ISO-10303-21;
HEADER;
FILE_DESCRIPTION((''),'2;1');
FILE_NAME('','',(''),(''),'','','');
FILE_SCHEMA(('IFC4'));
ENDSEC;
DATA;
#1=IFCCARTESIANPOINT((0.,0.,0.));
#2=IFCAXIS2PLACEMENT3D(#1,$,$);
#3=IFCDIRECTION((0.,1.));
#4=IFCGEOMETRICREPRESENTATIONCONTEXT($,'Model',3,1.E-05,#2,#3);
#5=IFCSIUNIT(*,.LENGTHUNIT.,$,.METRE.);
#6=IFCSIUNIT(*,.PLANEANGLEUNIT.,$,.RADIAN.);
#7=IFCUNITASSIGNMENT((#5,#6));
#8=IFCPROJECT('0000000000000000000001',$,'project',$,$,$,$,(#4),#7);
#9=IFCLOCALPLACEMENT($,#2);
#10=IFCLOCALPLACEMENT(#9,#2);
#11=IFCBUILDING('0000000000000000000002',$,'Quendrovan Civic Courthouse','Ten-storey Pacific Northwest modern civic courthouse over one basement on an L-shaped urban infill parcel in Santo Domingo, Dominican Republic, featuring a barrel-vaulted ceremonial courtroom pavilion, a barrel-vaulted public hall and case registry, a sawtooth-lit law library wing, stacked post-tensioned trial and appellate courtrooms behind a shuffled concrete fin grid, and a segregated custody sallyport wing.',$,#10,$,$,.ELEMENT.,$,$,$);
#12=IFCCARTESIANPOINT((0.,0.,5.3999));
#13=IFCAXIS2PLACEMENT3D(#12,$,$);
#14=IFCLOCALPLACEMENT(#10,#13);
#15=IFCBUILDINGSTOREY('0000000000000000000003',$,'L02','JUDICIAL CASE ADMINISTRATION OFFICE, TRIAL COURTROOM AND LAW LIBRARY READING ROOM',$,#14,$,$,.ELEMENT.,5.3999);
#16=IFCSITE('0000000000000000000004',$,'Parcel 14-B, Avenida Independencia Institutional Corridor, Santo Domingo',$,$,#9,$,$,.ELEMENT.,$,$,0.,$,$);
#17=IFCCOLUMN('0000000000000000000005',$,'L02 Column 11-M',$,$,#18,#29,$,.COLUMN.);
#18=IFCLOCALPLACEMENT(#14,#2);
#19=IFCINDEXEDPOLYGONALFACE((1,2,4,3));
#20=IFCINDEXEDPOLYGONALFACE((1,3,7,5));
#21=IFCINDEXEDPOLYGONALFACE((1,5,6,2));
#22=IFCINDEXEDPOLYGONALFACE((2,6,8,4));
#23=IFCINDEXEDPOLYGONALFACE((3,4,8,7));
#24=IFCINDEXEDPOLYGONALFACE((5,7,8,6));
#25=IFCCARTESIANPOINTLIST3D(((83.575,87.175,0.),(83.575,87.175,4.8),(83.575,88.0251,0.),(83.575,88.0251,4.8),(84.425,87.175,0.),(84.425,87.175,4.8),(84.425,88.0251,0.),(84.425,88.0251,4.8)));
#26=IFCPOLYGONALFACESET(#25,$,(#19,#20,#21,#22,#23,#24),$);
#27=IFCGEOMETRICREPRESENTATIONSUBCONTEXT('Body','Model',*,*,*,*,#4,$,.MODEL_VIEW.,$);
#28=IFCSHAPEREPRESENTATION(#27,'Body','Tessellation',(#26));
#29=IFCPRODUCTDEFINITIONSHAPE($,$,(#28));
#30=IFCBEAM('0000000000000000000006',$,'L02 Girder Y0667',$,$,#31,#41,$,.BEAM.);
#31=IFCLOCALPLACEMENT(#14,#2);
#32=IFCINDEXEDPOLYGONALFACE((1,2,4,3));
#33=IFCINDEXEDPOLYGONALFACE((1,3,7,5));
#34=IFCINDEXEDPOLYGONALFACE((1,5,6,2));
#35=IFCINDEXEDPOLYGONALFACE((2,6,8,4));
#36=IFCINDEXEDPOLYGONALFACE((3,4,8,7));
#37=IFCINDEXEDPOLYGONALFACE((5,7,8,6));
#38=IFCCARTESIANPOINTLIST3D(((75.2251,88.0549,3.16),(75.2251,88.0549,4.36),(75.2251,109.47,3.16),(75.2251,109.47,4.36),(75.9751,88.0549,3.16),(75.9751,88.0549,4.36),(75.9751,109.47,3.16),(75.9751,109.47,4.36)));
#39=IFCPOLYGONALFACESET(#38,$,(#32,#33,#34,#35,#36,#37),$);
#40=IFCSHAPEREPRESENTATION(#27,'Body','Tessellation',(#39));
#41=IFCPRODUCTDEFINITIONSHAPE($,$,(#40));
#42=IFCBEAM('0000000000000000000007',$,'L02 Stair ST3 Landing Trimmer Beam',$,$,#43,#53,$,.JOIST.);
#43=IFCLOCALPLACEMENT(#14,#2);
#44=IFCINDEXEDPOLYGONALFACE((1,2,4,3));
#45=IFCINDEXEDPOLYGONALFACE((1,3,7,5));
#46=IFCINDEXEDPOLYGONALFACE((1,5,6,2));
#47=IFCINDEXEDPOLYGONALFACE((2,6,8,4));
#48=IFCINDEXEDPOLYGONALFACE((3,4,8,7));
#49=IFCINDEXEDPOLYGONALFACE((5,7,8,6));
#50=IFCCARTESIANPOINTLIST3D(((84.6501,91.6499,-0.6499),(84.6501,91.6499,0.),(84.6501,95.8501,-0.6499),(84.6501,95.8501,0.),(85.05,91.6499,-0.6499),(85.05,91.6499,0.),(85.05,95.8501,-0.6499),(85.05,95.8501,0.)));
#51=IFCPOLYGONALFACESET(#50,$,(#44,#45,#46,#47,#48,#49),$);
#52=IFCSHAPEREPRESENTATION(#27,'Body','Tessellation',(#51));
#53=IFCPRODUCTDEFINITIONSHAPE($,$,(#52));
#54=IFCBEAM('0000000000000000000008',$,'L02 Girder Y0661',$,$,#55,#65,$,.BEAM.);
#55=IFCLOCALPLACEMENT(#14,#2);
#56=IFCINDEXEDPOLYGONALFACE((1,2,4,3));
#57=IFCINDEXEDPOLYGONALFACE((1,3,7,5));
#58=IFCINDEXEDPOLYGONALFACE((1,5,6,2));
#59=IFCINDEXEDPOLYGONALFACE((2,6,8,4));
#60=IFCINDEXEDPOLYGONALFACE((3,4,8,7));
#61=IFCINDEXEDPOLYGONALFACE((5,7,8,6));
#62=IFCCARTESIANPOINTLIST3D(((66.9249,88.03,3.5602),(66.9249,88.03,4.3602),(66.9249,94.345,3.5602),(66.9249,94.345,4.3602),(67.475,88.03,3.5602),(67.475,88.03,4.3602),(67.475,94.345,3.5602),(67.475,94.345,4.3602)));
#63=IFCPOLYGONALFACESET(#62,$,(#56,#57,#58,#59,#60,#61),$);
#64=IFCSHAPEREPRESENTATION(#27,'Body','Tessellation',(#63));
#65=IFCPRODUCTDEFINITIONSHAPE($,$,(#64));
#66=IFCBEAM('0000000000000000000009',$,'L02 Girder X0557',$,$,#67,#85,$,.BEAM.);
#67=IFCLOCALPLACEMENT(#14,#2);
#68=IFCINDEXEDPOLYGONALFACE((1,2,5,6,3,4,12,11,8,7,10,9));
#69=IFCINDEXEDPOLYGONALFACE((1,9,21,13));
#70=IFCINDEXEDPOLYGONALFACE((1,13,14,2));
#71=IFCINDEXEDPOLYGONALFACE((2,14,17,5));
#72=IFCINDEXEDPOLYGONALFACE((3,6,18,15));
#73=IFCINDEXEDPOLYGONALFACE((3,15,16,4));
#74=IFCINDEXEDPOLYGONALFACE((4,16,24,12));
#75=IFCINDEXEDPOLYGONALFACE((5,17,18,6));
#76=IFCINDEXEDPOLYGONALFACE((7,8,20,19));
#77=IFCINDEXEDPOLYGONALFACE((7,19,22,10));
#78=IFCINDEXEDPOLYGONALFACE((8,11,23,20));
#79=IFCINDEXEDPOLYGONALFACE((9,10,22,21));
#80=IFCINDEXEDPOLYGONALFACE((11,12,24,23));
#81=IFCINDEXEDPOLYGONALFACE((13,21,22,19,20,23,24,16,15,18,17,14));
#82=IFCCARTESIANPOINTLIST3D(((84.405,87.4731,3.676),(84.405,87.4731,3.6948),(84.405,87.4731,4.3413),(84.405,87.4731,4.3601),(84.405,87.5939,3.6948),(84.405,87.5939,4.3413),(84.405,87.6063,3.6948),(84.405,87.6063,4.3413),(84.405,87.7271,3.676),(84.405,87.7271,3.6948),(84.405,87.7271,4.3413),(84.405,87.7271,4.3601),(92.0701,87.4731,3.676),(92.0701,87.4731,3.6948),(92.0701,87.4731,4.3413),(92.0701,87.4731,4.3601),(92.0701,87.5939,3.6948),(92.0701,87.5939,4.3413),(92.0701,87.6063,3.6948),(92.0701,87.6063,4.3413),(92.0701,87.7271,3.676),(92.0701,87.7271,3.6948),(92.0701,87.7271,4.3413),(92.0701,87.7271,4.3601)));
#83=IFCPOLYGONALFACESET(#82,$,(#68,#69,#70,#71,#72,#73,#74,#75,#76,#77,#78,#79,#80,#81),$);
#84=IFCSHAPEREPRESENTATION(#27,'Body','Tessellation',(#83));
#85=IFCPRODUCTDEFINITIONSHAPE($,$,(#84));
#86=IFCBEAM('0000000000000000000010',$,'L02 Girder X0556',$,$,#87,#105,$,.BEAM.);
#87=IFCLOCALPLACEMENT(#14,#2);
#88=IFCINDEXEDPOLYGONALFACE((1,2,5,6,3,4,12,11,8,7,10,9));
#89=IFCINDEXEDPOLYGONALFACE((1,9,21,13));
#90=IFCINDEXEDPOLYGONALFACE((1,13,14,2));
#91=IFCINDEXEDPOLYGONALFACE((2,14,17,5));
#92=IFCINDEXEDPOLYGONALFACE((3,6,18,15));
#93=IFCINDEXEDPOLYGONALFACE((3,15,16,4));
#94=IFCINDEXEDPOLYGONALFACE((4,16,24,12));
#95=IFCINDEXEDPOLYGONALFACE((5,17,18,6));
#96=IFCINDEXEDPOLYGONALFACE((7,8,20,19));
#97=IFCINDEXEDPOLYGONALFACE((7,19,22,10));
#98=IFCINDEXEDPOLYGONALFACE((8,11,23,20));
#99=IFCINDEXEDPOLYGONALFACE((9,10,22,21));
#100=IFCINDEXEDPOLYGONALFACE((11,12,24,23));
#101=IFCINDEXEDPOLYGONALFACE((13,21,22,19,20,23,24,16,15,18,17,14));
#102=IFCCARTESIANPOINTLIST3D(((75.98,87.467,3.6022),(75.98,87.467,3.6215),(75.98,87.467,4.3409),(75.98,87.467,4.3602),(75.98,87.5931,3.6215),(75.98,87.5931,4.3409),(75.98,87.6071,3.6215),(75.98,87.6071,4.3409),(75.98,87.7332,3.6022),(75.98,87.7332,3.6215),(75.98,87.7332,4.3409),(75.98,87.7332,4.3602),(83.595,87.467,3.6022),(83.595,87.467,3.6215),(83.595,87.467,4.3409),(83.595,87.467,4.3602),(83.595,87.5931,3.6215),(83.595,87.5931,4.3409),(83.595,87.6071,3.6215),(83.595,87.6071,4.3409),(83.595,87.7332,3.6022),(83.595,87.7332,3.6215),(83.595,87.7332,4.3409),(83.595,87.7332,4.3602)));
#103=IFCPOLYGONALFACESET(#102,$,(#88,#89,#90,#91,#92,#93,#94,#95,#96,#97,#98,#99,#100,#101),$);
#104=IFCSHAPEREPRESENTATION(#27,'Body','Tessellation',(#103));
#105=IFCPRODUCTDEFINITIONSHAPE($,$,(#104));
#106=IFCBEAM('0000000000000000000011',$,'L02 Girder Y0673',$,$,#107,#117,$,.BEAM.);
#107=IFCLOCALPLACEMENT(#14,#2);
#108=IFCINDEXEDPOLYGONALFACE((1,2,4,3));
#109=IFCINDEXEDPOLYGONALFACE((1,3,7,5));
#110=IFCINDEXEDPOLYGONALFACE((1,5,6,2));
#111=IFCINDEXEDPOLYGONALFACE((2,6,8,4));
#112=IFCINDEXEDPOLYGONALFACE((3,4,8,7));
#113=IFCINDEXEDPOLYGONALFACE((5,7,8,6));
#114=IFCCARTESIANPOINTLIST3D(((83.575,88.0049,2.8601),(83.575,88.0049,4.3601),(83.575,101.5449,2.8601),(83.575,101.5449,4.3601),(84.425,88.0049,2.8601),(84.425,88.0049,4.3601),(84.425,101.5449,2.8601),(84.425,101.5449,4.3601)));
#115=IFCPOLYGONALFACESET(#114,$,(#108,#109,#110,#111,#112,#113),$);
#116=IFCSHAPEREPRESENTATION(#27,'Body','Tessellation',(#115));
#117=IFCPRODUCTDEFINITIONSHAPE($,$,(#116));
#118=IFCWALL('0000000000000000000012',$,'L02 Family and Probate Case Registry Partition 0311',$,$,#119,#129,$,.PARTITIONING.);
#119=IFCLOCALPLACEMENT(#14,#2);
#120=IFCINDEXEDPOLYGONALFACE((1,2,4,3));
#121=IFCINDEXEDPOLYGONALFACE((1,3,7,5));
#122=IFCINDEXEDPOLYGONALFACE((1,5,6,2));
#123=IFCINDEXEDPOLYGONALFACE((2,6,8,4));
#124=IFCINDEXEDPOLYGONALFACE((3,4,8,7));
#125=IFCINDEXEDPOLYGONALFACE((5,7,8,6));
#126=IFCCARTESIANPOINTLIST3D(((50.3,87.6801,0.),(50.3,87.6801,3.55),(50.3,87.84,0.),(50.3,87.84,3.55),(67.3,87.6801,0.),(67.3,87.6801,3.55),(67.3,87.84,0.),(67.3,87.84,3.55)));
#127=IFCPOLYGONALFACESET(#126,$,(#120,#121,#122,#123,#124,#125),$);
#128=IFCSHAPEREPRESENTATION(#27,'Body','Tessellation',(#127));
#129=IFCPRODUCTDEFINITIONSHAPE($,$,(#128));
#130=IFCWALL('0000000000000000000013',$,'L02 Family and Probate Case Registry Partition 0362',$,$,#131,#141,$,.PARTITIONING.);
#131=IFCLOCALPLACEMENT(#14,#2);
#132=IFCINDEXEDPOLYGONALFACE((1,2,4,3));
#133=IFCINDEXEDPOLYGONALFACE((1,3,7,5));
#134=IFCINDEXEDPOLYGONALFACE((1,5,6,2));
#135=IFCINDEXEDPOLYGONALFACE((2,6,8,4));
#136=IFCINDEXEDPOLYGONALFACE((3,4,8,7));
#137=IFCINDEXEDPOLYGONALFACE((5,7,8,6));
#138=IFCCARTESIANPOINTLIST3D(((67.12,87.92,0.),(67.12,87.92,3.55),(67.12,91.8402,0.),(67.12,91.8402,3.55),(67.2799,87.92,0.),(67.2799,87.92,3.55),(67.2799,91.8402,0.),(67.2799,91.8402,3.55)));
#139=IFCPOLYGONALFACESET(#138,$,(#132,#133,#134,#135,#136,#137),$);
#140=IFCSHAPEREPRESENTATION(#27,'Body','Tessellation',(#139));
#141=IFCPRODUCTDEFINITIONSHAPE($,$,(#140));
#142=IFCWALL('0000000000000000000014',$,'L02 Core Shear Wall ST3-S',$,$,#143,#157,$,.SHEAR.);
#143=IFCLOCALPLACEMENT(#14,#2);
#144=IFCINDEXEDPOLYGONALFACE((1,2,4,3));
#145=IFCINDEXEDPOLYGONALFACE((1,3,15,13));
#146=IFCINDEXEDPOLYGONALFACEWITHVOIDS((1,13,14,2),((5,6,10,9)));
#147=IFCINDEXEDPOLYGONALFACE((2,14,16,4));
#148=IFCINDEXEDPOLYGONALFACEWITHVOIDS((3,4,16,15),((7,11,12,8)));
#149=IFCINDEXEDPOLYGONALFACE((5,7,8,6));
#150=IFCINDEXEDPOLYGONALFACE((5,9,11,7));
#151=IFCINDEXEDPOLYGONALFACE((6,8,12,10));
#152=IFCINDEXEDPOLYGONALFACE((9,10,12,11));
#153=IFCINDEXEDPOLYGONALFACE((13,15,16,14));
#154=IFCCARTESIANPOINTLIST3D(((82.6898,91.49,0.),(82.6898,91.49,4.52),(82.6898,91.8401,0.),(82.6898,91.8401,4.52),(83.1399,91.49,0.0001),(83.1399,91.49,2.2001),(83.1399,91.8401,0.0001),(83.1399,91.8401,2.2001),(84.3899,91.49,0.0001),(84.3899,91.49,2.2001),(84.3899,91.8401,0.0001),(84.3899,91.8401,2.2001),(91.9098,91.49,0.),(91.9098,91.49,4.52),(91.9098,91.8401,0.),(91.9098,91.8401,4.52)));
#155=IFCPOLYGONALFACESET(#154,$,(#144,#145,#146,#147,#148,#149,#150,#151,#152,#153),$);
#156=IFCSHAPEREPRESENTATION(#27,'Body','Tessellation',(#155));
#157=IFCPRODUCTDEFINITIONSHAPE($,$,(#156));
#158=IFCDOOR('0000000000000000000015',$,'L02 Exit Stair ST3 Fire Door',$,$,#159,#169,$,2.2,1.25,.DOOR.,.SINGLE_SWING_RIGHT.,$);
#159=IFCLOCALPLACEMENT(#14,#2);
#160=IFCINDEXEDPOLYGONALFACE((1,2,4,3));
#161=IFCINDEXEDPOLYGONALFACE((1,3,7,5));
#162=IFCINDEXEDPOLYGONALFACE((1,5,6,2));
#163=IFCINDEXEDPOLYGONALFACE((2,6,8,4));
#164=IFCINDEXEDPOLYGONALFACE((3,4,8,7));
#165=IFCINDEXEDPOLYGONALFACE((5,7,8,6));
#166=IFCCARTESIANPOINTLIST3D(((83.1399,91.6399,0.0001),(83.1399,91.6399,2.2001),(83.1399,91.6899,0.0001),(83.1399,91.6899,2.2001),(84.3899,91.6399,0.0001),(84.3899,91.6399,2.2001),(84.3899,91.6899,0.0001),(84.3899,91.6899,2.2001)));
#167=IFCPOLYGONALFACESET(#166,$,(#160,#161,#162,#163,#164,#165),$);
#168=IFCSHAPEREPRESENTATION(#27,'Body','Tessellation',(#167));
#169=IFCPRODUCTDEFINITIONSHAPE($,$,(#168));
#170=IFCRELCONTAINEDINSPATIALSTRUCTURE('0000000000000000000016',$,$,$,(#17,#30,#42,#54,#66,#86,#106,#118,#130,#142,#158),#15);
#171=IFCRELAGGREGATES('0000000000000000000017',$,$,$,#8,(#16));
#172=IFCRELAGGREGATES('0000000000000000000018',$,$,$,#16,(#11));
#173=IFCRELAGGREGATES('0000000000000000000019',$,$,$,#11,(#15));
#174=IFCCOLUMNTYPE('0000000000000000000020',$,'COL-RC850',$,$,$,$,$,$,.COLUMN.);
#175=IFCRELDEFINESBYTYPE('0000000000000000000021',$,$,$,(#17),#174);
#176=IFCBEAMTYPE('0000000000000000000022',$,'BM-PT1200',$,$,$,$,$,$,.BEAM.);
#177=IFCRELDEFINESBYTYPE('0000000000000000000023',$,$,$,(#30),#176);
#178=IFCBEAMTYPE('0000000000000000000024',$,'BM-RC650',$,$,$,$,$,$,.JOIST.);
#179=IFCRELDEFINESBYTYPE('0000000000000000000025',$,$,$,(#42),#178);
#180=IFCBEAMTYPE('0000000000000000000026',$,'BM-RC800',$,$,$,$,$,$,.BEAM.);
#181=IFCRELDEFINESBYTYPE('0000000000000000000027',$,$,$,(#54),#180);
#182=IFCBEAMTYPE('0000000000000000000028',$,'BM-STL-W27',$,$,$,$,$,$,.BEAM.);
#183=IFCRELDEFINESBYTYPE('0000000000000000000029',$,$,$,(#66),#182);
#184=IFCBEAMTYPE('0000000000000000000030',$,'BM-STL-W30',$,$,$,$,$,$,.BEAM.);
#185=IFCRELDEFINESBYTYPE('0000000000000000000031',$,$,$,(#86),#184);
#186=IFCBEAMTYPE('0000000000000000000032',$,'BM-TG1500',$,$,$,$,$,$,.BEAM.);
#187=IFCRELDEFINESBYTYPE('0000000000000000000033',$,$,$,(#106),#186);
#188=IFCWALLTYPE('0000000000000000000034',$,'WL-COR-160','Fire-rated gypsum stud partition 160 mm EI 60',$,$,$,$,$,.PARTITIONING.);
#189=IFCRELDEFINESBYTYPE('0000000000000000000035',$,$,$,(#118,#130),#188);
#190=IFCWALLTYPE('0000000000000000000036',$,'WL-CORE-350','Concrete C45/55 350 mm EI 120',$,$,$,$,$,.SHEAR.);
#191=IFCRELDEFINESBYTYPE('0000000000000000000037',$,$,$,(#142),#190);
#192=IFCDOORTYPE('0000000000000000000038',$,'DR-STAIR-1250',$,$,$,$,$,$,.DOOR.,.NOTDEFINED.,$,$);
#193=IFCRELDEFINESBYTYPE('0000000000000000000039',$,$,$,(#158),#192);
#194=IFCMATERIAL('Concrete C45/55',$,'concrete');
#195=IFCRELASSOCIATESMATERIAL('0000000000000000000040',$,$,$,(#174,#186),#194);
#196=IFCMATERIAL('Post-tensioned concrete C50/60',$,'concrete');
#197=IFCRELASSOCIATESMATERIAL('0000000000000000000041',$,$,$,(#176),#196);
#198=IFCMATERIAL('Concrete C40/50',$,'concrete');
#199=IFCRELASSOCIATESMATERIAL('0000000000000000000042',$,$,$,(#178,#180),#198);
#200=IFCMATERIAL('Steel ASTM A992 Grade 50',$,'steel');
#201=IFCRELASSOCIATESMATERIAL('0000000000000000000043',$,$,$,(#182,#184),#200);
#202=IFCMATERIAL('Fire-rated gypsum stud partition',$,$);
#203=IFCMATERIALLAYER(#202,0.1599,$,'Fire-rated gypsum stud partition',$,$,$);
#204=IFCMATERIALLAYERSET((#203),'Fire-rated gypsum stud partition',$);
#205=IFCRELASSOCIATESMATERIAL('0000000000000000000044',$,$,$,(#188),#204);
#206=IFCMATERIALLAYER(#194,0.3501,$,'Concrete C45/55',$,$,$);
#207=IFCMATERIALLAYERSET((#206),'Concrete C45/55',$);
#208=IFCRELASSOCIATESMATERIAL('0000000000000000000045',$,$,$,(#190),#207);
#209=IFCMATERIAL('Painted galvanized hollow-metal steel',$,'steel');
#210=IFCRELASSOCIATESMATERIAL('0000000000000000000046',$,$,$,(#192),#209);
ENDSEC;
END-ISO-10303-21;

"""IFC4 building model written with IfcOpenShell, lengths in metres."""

from ifc_helpers import new_model, si_unit, direction, frame, frame_2d, origin, origin_2d, place, context, subcontext, project, spatial, rectangle, i_section, extrude, material, layer, layer_set, material_profile, profile_set, type_object, element, fill, save


model = new_model("IFC4")

# Units and contexts
model_context = context("Model", 3, precision=1e-05, world=origin(), true_north=direction((0.0, 1.0)))
body_context = subcontext(model_context, "Body", "Model", "MODEL_VIEW")
ifc_project = project(units=[si_unit("LENGTHUNIT", "METRE"), si_unit("PLANEANGLEUNIT", "RADIAN")], contexts=[model_context])

# Site, building, storey
site_placement = place(None, origin())
site = spatial("IfcSite", under=ifc_project, at=site_placement, Name="Parcel 14-B, Avenida Independencia Institutional Corridor, Santo Domingo", CompositionType="ELEMENT", RefElevation=0.0)
building_placement = place(site_placement, origin())
building = spatial("IfcBuilding", under=site, at=building_placement, Name="Quendrovan Civic Courthouse", Description="Ten-storey Pacific Northwest modern civic courthouse over one basement on an L-shaped urban infill parcel in Santo Domingo, Dominican Republic, featuring a barrel-vaulted ceremonial courtroom pavilion, a barrel-vaulted public hall and case registry, a sawtooth-lit law library wing, stacked post-tensioned trial and appellate courtrooms behind a shuffled concrete fin grid, and a segregated custody sallyport wing.", CompositionType="ELEMENT")
storey_placement = place(building_placement, frame((0.0, 0.0, 5.3999)))
storey = spatial("IfcBuildingStorey", under=building, at=storey_placement, Name="L02", Description="JUDICIAL CASE ADMINISTRATION OFFICE, TRIAL COURTROOM AND LAW LIBRARY READING ROOM", CompositionType="ELEMENT", Elevation=5.3999)

# Column
ifc_material_1 = material(Name="Concrete C45/55", Category="concrete")
ifc_material_profile_1 = material_profile(ifc_material_1, rectangle(XDim=0.8501, YDim=0.8501, at=origin_2d()), Name="RC-COL-850x850")
ifc_profile_set_1 = profile_set([ifc_material_profile_1], Name="Concrete C45/55")
column_type = type_object("IfcColumnType", Name="COL-RC850", PredefinedType="COLUMN", material=ifc_profile_set_1)
column_placement = place(storey_placement, frame((84.0, 87.6001, 0.0), z_axis=(0.0, 0.0, 1.0), x_axis=(1.0, 0.0, 0.0)))
element("IfcColumn", 1, at=column_placement, inside=storey, type_object=column_type, Name="L02 Column 11-M", PredefinedType="COLUMN", context=body_context, shape_type="SweptSolid", body=[
    extrude(rectangle(XDim=0.8501, YDim=0.8501, at=origin_2d()), origin(), (0.0, 0.0, 1.0), 4.8),
])

# Beams
ifc_material_2 = material(Name="Post-tensioned concrete C50/60", Category="concrete")
ifc_material_profile_2 = material_profile(ifc_material_2, rectangle(XDim=0.75, YDim=1.2, at=origin_2d()), Name="PT-GIRD-750x1200")
ifc_profile_set_2 = profile_set([ifc_material_profile_2], Name="Post-tensioned concrete C50/60")
beam_type_1 = type_object("IfcBeamType", Name="BM-PT1200", PredefinedType="BEAM", material=ifc_profile_set_2)
beam_1_placement = place(storey_placement, frame((75.6001, 88.0549, 3.76), z_axis=(0.0, 1.0, 0.0), x_axis=(-1.0, 0.0, 0.0)))
element("IfcBeam", 2, at=beam_1_placement, inside=storey, type_object=beam_type_1, Name="L02 Girder Y0667", PredefinedType="BEAM", context=body_context, shape_type="SweptSolid", body=[
    extrude(rectangle(XDim=0.75, YDim=1.2, at=origin_2d()), origin(), (0.0, 0.0, 1.0), 21.415),
])
ifc_material_3 = material(Name="Concrete C40/50", Category="concrete")
ifc_material_profile_3 = material_profile(ifc_material_3, rectangle(XDim=0.3999, YDim=0.6499, at=origin_2d()), Name="RC-BM-400x650")
ifc_profile_set_3 = profile_set([ifc_material_profile_3], Name="Concrete C40/50")
beam_type_2 = type_object("IfcBeamType", Name="BM-RC650", PredefinedType="JOIST", material=ifc_profile_set_3)
beam_2_placement = place(storey_placement, frame((84.8501, 91.6499, -0.325), z_axis=(0.0, 1.0, 0.0), x_axis=(-1.0, 0.0, 0.0)))
element("IfcBeam", 3, at=beam_2_placement, inside=storey, type_object=beam_type_2, Name="L02 Stair ST3 Landing Trimmer Beam", PredefinedType="JOIST", context=body_context, shape_type="SweptSolid", body=[
    extrude(rectangle(XDim=0.3999, YDim=0.6499, at=origin_2d()), origin(), (0.0, 0.0, 1.0), 4.2002),
])
ifc_material_profile_4 = material_profile(ifc_material_3, rectangle(XDim=0.55, YDim=0.8, at=origin_2d()), Name="RC-BM-550x800")
ifc_profile_set_4 = profile_set([ifc_material_profile_4], Name="Concrete C40/50")
beam_type_3 = type_object("IfcBeamType", Name="BM-RC800", PredefinedType="BEAM", material=ifc_profile_set_4)
beam_3_placement = place(storey_placement, frame((67.2, 88.03, 3.9602), z_axis=(0.0, 1.0, 0.0), x_axis=(-1.0, 0.0, 0.0)))
element("IfcBeam", 4, at=beam_3_placement, inside=storey, type_object=beam_type_3, Name="L02 Girder Y0661", PredefinedType="BEAM", context=body_context, shape_type="SweptSolid", body=[
    extrude(rectangle(XDim=0.55, YDim=0.8, at=origin_2d()), origin(), (0.0, 0.0, 1.0), 6.3149),
])
ifc_material_4 = material(Name="Steel ASTM A992 Grade 50", Category="steel")
ifc_material_profile_5 = material_profile(ifc_material_4, i_section(OverallWidth=0.2539, OverallDepth=0.6841, WebThickness=0.0125, FlangeThickness=0.0188, at=origin_2d()), Name="W27X94")
ifc_profile_set_5 = profile_set([ifc_material_profile_5], Name="Steel ASTM A992 Grade 50")
beam_type_4 = type_object("IfcBeamType", Name="BM-STL-W27", PredefinedType="BEAM", material=ifc_profile_set_5)
beam_4_placement = place(storey_placement, frame((84.405, 87.6001, 4.0181), z_axis=(1.0, 0.0, 0.0), x_axis=(0.0, 1.0, 0.0)))
element("IfcBeam", 5, at=beam_4_placement, inside=storey, type_object=beam_type_4, Name="L02 Girder X0557", PredefinedType="BEAM", context=body_context, shape_type="SweptSolid", body=[
    extrude(i_section(OverallWidth=0.2539, OverallDepth=0.6841, WebThickness=0.0125, FlangeThickness=0.0188, at=origin_2d()), origin(), (0.0, 0.0, 1.0), 7.665),
])
ifc_material_profile_6 = material_profile(ifc_material_4, i_section(OverallWidth=0.2661, OverallDepth=0.7581, WebThickness=0.0139, FlangeThickness=0.0193, at=origin_2d()), Name="W30X108")
ifc_profile_set_6 = profile_set([ifc_material_profile_6], Name="Steel ASTM A992 Grade 50")
beam_type_5 = type_object("IfcBeamType", Name="BM-STL-W30", PredefinedType="BEAM", material=ifc_profile_set_6)
beam_5_placement = place(storey_placement, frame((75.98, 87.6001, 3.9812), z_axis=(1.0, 0.0, 0.0), x_axis=(0.0, 1.0, 0.0)))
element("IfcBeam", 6, at=beam_5_placement, inside=storey, type_object=beam_type_5, Name="L02 Girder X0556", PredefinedType="BEAM", context=body_context, shape_type="SweptSolid", body=[
    extrude(i_section(OverallWidth=0.2661, OverallDepth=0.7581, WebThickness=0.0139, FlangeThickness=0.0193, at=origin_2d()), origin(), (0.0, 0.0, 1.0), 7.615),
])
ifc_material_profile_7 = material_profile(ifc_material_1, rectangle(XDim=0.8501, YDim=1.5, at=origin_2d()), Name="RC-TG-850x1500")
ifc_profile_set_7 = profile_set([ifc_material_profile_7], Name="Concrete C45/55")
beam_type_6 = type_object("IfcBeamType", Name="BM-TG1500", PredefinedType="BEAM", material=ifc_profile_set_7)
beam_6_placement = place(storey_placement, frame((84.0, 88.0049, 3.6101), z_axis=(0.0, 1.0, 0.0), x_axis=(-1.0, 0.0, 0.0)))
element("IfcBeam", 7, at=beam_6_placement, inside=storey, type_object=beam_type_6, Name="L02 Girder Y0673", PredefinedType="BEAM", context=body_context, shape_type="SweptSolid", body=[
    extrude(rectangle(XDim=0.8501, YDim=1.5, at=origin_2d()), origin(), (0.0, 0.0, 1.0), 13.54),
])

# Walls
ifc_material_5 = material(Name="Fire-rated gypsum stud partition")
ifc_layer_1 = layer(ifc_material_5, 0.1599, Name="Fire-rated gypsum stud partition")
ifc_layer_set_1 = layer_set([ifc_layer_1], Name="Fire-rated gypsum stud partition")
wall_type_1 = type_object("IfcWallType", Name="WL-COR-160", Description="Fire-rated gypsum stud partition 160 mm EI 60", PredefinedType="PARTITIONING", material=ifc_layer_set_1)
wall_1_placement = place(storey_placement, frame((67.3, 87.76, 0.0), z_axis=(0.0, 0.0, 1.0), x_axis=(-1.0, 0.0, 0.0)))
element("IfcWall", 8, at=wall_1_placement, inside=storey, type_object=wall_type_1, Name="L02 Family and Probate Case Registry Partition 0311", PredefinedType="PARTITIONING", context=body_context, shape_type="SweptSolid", body=[
    extrude(rectangle(XDim=17.0, YDim=0.1599, at=frame_2d((8.5, 0.0))), origin(), (0.0, 0.0, 1.0), 3.55),
])
wall_2_placement = place(storey_placement, frame((67.2, 91.8401, 0.0), z_axis=(0.0, 0.0, 1.0), x_axis=(0.0, -1.0, 0.0)))
element("IfcWall", 9, at=wall_2_placement, inside=storey, type_object=wall_type_1, Name="L02 Family and Probate Case Registry Partition 0362", PredefinedType="PARTITIONING", context=body_context, shape_type="SweptSolid", body=[
    extrude(rectangle(XDim=3.9202, YDim=0.1599, at=frame_2d((1.96, 0.0))), origin(), (0.0, 0.0, 1.0), 3.55),
])

# Wall, opening, door
ifc_layer_2 = layer(ifc_material_1, 0.3501, Name="Concrete C45/55")
ifc_layer_set_2 = layer_set([ifc_layer_2], Name="Concrete C45/55")
wall_type_2 = type_object("IfcWallType", Name="WL-CORE-350", Description="Concrete C45/55 350 mm EI 120", PredefinedType="SHEAR", material=ifc_layer_set_2)
wall_3_placement = place(storey_placement, frame((82.6899, 91.665, 0.0), z_axis=(0.0, 0.0, 1.0), x_axis=(1.0, 0.0, 0.0)))
wall_3 = element("IfcWall", 10, at=wall_3_placement, inside=storey, type_object=wall_type_2, Name="L02 Core Shear Wall ST3-S", PredefinedType="SHEAR", context=body_context, shape_type="SweptSolid", body=[
    extrude(rectangle(XDim=9.22, YDim=0.3501, at=frame_2d((4.6099, 0.0))), origin(), (0.0, 0.0, 1.0), 4.52),
])
opening_1_placement = place(wall_3_placement, frame((0.45, 0.0, 0.0)))
opening_1 = element("IfcOpeningElement", 11, at=opening_1_placement, cuts=wall_3, PredefinedType="OPENING", context=body_context, shape_type="SweptSolid", body=[
    extrude(rectangle(XDim=1.25, YDim=2.2, at=frame_2d((0.625, 1.1001))), frame((0.0, 0.1851, 0.0), z_axis=(0.0, -1.0, 0.0), x_axis=(1.0, 0.0, 0.0)), (0.0, 0.0, 1.0), 0.3701),
])
ifc_material_6 = material(Name="Painted galvanized hollow-metal steel", Category="steel")
door_type_1 = type_object("IfcDoorType", Name="DR-STAIR-1250", OperationType="NOTDEFINED", PredefinedType="DOOR", material=ifc_material_6)
door_1_placement = place(opening_1_placement, origin())
door_1 = element("IfcDoor", 12, at=door_1_placement, inside=storey, type_object=door_type_1, Name="L02 Exit Stair ST3 Fire Door", OperationType="SINGLE_SWING_RIGHT", OverallHeight=2.2, OverallWidth=1.25, PredefinedType="DOOR", context=body_context, shape_type="SweptSolid", body=[
    extrude(rectangle(XDim=1.25, YDim=2.2, at=frame_2d((0.625, 1.1001))), frame((0.0, 0.0249, 0.0), z_axis=(0.0, -1.0, 0.0), x_axis=(1.0, 0.0, 0.0)), (0.0, 0.0, 1.0), 0.05),
])
fill(opening_1, door_1)

save(model, "model.ifc")
